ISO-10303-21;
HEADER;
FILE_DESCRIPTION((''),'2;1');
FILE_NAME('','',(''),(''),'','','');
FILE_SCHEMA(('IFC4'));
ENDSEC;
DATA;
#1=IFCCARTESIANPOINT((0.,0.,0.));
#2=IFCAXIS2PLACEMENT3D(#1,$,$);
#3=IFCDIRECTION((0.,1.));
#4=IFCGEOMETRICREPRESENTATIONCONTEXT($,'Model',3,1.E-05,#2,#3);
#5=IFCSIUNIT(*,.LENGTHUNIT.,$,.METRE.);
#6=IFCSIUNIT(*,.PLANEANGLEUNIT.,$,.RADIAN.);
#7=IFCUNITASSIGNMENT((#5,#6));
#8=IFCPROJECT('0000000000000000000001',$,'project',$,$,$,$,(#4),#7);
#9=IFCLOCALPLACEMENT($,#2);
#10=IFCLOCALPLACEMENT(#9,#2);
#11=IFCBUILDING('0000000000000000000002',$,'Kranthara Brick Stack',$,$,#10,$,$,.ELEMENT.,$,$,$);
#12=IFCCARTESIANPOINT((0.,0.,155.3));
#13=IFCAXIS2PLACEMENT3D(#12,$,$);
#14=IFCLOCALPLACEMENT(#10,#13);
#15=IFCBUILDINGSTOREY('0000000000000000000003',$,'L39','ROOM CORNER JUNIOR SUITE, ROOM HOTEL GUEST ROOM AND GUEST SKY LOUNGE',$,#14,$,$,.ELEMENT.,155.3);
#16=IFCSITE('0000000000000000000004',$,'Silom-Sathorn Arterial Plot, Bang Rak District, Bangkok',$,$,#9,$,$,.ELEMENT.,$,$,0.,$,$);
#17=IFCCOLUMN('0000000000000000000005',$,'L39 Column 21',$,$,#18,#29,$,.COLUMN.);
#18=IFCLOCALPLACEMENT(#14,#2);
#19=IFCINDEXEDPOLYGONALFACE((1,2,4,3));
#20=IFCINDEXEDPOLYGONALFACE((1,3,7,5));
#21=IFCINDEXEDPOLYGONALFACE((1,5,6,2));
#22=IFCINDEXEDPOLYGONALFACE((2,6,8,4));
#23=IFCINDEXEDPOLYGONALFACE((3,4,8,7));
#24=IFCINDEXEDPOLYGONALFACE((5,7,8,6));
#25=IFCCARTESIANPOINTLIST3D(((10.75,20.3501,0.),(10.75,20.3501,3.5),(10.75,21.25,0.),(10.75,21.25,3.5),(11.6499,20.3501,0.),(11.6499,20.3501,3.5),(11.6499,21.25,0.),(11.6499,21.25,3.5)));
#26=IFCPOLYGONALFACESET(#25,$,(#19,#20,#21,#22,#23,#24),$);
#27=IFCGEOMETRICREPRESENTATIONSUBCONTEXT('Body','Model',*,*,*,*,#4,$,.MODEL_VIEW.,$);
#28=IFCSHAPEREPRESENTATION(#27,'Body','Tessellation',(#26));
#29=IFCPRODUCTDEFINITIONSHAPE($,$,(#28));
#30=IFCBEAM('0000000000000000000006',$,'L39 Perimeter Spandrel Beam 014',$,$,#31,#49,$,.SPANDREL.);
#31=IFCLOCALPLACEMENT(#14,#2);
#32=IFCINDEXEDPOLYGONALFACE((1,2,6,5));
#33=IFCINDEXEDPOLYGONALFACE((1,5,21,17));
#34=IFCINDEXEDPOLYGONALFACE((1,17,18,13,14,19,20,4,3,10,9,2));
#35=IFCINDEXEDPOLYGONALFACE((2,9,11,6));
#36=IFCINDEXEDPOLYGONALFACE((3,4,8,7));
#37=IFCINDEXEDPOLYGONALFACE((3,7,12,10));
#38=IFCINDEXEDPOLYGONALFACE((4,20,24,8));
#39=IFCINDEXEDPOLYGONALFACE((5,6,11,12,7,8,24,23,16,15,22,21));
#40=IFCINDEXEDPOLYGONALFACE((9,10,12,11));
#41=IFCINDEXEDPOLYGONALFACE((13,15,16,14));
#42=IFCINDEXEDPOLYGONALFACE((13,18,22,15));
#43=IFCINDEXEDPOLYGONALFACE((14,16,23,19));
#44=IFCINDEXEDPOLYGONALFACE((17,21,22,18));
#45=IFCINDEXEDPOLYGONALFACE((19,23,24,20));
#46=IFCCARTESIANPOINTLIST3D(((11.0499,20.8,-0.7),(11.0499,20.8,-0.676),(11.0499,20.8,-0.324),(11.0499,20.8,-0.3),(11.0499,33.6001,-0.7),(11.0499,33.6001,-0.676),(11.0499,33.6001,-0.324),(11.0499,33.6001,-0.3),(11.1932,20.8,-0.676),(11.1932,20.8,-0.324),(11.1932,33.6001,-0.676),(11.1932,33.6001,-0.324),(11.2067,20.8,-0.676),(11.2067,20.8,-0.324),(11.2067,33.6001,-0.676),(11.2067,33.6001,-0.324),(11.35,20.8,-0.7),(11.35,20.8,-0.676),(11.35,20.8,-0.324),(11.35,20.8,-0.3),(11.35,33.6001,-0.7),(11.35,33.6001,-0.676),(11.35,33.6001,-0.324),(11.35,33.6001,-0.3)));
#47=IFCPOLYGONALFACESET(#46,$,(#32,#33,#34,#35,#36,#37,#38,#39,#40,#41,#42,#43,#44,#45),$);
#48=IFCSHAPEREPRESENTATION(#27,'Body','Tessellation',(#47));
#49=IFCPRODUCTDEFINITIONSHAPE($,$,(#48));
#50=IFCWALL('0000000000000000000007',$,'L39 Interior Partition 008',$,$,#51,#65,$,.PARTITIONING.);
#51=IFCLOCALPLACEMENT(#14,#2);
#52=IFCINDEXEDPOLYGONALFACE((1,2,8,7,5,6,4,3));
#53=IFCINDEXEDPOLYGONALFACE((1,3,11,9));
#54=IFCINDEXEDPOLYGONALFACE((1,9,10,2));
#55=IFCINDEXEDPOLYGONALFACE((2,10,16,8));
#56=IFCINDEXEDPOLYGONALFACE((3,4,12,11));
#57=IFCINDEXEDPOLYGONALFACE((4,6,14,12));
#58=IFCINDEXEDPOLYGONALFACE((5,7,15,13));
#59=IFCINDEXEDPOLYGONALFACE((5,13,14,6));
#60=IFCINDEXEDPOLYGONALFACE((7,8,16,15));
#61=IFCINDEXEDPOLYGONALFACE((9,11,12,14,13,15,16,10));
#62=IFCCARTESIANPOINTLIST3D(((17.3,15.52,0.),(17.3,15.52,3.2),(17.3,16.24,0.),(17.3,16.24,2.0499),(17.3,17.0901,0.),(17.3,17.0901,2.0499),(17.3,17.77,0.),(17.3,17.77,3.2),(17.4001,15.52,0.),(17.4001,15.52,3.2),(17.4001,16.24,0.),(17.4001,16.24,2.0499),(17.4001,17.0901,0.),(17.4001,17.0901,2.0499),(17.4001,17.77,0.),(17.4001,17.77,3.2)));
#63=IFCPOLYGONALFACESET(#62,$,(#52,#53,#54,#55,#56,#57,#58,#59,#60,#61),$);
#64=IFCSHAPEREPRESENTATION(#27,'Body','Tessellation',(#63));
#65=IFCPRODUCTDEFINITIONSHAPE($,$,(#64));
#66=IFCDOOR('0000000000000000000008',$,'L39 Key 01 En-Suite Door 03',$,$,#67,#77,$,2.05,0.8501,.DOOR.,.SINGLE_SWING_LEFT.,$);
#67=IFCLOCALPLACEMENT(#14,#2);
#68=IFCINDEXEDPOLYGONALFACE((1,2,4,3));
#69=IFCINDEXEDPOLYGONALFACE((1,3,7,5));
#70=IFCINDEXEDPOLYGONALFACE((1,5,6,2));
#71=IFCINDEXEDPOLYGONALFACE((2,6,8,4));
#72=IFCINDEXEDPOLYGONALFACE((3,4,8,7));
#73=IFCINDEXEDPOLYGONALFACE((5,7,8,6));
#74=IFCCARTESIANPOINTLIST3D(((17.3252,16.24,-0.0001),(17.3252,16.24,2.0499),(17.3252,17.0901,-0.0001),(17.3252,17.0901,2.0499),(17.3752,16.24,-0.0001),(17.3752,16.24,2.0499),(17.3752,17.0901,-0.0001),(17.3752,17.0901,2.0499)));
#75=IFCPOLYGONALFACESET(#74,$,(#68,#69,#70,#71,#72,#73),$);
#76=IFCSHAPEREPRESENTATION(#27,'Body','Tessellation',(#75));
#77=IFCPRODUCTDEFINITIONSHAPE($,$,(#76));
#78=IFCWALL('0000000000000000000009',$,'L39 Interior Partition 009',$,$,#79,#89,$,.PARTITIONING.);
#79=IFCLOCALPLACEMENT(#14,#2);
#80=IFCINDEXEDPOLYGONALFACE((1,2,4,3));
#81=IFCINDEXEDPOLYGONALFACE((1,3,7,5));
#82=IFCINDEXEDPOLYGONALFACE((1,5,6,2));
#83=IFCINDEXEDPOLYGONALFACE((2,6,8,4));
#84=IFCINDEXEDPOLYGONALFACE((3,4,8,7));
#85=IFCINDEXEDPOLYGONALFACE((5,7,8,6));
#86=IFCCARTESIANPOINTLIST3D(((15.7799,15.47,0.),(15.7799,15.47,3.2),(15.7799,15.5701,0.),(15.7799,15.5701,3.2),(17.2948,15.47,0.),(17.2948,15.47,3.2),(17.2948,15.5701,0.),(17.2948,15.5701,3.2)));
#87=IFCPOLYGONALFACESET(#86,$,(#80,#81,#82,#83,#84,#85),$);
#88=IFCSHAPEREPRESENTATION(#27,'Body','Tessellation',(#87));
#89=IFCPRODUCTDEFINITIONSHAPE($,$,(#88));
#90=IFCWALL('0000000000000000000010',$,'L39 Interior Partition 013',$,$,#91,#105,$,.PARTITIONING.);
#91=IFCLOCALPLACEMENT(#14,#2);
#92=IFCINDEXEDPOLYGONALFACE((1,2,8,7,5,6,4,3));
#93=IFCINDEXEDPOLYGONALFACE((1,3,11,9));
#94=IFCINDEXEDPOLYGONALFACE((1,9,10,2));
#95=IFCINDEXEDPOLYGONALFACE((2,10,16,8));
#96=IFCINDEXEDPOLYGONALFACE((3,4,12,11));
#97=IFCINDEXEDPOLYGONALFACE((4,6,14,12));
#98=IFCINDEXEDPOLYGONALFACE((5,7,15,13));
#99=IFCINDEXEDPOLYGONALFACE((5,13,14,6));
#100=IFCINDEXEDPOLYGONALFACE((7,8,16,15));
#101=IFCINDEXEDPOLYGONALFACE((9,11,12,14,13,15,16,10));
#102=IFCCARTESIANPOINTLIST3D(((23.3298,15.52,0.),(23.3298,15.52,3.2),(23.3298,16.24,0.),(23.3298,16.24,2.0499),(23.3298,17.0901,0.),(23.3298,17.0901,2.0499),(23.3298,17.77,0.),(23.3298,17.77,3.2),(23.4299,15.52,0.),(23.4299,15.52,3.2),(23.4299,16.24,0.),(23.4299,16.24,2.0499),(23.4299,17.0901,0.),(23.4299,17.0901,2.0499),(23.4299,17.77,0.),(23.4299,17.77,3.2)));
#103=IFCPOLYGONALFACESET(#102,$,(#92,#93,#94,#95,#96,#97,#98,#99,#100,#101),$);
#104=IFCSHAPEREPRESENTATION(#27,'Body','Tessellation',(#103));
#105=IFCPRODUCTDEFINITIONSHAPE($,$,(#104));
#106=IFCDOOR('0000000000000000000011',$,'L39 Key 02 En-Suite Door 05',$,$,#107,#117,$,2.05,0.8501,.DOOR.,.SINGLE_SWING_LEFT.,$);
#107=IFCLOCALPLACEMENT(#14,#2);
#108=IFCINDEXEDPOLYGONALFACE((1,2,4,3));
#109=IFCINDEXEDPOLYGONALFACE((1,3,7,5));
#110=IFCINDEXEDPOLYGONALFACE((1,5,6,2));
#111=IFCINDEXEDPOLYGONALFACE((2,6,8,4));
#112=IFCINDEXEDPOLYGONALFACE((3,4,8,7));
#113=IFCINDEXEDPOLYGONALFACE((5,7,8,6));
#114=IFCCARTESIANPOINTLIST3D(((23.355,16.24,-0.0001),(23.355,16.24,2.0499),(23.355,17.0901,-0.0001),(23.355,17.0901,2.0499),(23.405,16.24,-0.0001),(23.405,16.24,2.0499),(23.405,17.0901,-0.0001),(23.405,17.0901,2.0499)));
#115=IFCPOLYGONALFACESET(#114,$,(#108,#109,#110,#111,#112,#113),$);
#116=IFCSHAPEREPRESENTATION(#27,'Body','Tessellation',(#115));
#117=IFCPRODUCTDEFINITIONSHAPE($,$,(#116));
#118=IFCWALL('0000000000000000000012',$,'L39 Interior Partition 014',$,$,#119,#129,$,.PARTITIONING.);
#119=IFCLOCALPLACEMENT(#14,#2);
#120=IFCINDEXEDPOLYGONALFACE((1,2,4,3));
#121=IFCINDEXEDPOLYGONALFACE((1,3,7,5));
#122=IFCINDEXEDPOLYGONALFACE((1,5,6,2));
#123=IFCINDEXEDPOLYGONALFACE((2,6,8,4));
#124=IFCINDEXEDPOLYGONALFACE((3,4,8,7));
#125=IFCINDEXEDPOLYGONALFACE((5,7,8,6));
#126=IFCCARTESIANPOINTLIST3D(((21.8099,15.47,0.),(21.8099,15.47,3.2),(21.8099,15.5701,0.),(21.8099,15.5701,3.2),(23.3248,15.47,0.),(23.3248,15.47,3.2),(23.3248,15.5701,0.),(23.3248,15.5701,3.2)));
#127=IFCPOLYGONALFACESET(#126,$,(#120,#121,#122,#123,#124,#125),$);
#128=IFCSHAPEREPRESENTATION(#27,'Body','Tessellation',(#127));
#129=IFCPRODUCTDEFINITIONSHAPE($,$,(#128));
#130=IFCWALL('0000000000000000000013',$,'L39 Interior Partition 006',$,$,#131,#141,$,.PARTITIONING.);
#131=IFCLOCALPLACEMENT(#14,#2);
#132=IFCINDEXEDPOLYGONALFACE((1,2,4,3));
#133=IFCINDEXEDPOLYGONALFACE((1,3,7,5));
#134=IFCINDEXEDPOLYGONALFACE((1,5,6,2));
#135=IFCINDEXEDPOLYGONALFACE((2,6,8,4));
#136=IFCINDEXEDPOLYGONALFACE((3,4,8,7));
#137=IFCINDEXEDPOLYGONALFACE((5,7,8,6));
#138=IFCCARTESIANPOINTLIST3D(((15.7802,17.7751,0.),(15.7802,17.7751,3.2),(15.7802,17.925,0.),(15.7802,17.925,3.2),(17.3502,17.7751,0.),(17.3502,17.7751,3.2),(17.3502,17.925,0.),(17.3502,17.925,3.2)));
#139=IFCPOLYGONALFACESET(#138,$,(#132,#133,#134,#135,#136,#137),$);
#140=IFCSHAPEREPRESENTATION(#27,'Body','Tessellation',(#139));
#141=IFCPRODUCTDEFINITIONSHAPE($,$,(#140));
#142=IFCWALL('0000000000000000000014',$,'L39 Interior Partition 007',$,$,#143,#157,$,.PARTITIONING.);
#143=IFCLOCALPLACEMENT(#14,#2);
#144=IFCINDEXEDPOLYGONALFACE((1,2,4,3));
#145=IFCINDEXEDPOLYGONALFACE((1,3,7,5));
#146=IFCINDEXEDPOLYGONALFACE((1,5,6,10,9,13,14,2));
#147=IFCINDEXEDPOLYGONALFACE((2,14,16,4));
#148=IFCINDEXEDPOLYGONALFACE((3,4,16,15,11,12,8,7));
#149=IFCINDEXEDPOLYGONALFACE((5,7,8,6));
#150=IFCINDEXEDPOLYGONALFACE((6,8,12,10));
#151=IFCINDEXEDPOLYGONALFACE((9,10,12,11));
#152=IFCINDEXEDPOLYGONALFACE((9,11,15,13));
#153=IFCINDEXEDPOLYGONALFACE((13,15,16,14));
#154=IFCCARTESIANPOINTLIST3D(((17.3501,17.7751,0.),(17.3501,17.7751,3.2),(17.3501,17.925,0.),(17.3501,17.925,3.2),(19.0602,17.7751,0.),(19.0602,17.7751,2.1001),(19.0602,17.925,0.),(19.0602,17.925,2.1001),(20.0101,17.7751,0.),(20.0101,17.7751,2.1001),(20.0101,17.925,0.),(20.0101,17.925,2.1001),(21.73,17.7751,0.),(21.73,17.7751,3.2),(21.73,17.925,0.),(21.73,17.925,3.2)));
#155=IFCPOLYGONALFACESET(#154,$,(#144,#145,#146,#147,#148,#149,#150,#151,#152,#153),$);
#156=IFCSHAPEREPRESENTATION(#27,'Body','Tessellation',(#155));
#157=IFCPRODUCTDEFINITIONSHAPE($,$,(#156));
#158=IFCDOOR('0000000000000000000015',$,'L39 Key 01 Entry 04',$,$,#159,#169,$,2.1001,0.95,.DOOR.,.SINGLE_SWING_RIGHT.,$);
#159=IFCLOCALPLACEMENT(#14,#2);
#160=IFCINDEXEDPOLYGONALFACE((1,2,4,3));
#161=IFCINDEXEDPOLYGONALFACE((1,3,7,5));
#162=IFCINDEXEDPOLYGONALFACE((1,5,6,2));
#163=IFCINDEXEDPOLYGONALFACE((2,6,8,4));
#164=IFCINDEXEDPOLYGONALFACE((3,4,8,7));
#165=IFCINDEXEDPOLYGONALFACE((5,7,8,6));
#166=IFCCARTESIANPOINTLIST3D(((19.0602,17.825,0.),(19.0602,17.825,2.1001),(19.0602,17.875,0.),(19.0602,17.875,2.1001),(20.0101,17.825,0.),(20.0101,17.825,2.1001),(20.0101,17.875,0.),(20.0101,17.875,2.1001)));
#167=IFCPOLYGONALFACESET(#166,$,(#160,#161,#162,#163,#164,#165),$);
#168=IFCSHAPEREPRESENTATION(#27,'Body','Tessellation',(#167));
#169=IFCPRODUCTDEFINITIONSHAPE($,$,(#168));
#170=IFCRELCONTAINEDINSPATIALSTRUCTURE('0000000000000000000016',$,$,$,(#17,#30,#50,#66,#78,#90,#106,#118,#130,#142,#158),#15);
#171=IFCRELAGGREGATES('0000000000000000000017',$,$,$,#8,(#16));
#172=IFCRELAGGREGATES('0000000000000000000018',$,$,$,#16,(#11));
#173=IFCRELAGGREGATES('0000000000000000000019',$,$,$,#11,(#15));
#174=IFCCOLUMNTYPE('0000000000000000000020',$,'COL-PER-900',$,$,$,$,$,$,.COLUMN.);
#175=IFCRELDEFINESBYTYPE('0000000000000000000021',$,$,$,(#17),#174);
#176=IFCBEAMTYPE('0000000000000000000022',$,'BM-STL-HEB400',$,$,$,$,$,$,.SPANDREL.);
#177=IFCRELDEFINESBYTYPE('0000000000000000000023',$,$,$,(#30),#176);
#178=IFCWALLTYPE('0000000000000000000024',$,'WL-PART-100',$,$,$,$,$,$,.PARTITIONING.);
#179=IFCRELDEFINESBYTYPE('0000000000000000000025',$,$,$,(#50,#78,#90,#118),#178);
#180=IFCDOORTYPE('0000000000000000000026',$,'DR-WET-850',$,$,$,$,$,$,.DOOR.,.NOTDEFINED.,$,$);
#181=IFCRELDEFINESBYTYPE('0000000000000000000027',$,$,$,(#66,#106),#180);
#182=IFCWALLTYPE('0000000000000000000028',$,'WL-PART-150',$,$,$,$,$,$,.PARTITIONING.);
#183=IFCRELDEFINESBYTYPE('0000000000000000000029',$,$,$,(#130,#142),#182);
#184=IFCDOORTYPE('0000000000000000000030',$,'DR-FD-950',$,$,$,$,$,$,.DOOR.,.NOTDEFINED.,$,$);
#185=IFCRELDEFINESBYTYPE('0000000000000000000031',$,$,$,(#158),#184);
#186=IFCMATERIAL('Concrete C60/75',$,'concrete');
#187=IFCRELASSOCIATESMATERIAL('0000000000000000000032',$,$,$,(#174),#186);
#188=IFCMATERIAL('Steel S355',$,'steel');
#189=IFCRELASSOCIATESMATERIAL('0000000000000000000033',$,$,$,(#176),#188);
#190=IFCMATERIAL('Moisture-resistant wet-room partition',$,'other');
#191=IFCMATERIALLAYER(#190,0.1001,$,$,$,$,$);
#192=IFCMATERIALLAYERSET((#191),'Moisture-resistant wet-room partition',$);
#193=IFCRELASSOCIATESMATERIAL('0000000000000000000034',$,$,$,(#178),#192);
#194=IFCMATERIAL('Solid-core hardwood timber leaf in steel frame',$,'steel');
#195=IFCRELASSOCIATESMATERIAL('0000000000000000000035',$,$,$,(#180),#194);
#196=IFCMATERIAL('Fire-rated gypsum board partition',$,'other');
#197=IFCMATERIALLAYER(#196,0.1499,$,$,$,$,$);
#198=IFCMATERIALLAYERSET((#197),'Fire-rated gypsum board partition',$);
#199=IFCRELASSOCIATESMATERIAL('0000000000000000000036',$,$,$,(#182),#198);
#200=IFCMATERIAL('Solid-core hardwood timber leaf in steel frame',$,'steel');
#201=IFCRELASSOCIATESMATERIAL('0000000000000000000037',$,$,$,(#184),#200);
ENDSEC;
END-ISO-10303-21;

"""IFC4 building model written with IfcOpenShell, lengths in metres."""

from ifc_helpers import new_model, si_unit, direction, frame, frame_2d, origin, origin_2d, place, context, subcontext, project, spatial, rectangle, i_section, extrude, material, layer, layer_set, material_profile, profile_set, type_object, element, fill, save


model = new_model("IFC4")

# Units and contexts
model_context = context("Model", 3, precision=1e-05, world=origin(), true_north=direction((0.0, 1.0)))
body_context = subcontext(model_context, "Body", "Model", "MODEL_VIEW")
ifc_project = project(units=[si_unit("LENGTHUNIT", "METRE"), si_unit("PLANEANGLEUNIT", "RADIAN")], contexts=[model_context])

# Site, building, storey
site_placement = place(None, origin())
site = spatial("IfcSite", under=ifc_project, at=site_placement, Name="Silom-Sathorn Arterial Plot, Bang Rak District, Bangkok", CompositionType="ELEMENT", RefElevation=0.0)
building_placement = place(site_placement, origin())
building = spatial("IfcBuilding", under=site, at=building_placement, Name="Kranthara Brick Stack", CompositionType="ELEMENT")
storey_placement = place(building_placement, frame((0.0, 0.0, 155.3)))
storey = spatial("IfcBuildingStorey", under=building, at=storey_placement, Name="L39", Description="ROOM CORNER JUNIOR SUITE, ROOM HOTEL GUEST ROOM AND GUEST SKY LOUNGE", CompositionType="ELEMENT", Elevation=155.3)

# Column
ifc_material_1 = material(Name="Concrete C60/75", Category="concrete")
ifc_material_profile_1 = material_profile(ifc_material_1, rectangle(XDim=0.8999, YDim=0.8999, at=origin_2d()), Name="RC 900x900")
ifc_profile_set_1 = profile_set([ifc_material_profile_1], Name="Concrete C60/75")
column_type = type_object("IfcColumnType", Name="COL-PER-900", PredefinedType="COLUMN", material=ifc_profile_set_1)
column_placement = place(storey_placement, frame((11.2, 20.8, 0.0), z_axis=(0.0, 0.0, 1.0), x_axis=(1.0, 0.0, 0.0)))
element("IfcColumn", 1, at=column_placement, inside=storey, type_object=column_type, Name="L39 Column 21", PredefinedType="COLUMN", context=body_context, shape_type="SweptSolid", body=[
    extrude(rectangle(XDim=0.8999, YDim=0.8999, at=origin_2d()), origin(), (0.0, 0.0, 1.0), 3.5),
])

# Beam
ifc_material_2 = material(Name="Steel S355", Category="steel")
ifc_material_profile_2 = material_profile(ifc_material_2, i_section(OverallWidth=0.3, OverallDepth=0.3999, WebThickness=0.0134, FlangeThickness=0.0239, at=origin_2d()), Name="HEB 400")
ifc_profile_set_2 = profile_set([ifc_material_profile_2], Name="Steel S355")
beam_type = type_object("IfcBeamType", Name="BM-STL-HEB400", PredefinedType="SPANDREL", material=ifc_profile_set_2)
beam_placement = place(storey_placement, frame((11.2, 20.8, -0.5), z_axis=(0.0, 1.0, 0.0), x_axis=(-1.0, 0.0, 0.0)))
element("IfcBeam", 2, at=beam_placement, inside=storey, type_object=beam_type, Name="L39 Perimeter Spandrel Beam 014", PredefinedType="SPANDREL", context=body_context, shape_type="SweptSolid", body=[
    extrude(i_section(OverallWidth=0.3, OverallDepth=0.3999, WebThickness=0.0134, FlangeThickness=0.0239, at=origin_2d()), origin(), (0.0, 0.0, 1.0), 12.8),
])

# Wall, opening, door
ifc_material_3 = material(Name="Moisture-resistant wet-room partition", Category="other")
ifc_layer_1 = layer(ifc_material_3, 0.1001)
ifc_layer_set_1 = layer_set([ifc_layer_1], Name="Moisture-resistant wet-room partition")
wall_type_1 = type_object("IfcWallType", Name="WL-PART-100", PredefinedType="PARTITIONING", material=ifc_layer_set_1)
wall_1_placement = place(storey_placement, frame((17.3501, 15.52, 0.0), z_axis=(0.0, 0.0, 1.0), x_axis=(0.0, 1.0, 0.0)))
wall_1 = element("IfcWall", 3, at=wall_1_placement, inside=storey, type_object=wall_type_1, Name="L39 Interior Partition 008", PredefinedType="PARTITIONING", context=body_context, shape_type="SweptSolid", body=[
    extrude(rectangle(XDim=2.25, YDim=0.1001, at=frame_2d((1.125, 0.0))), origin(), (0.0, 0.0, 1.0), 3.2),
])
opening_1_placement = place(wall_1_placement, frame((0.72, 0.0, 0.0)))
opening_1 = element("IfcOpeningElement", 4, at=opening_1_placement, cuts=wall_1, PredefinedType="OPENING", context=body_context, shape_type="SweptSolid", body=[
    extrude(rectangle(XDim=0.8501, YDim=2.05, at=frame_2d((0.425, 1.0249))), frame((0.0, 0.0601, 0.0), z_axis=(0.0, -1.0, 0.0), x_axis=(1.0, 0.0, 0.0)), (0.0, 0.0, 1.0), 0.1201),
])
ifc_material_4 = material(Name="Solid-core hardwood timber leaf in steel frame", Category="steel")
door_type_1 = type_object("IfcDoorType", Name="DR-WET-850", OperationType="NOTDEFINED", PredefinedType="DOOR", material=ifc_material_4)
door_1_placement = place(opening_1_placement, origin())
door_1 = element("IfcDoor", 5, at=door_1_placement, inside=storey, type_object=door_type_1, Name="L39 Key 01 En-Suite Door 03", OperationType="SINGLE_SWING_LEFT", OverallHeight=2.05, OverallWidth=0.8501, PredefinedType="DOOR", context=body_context, shape_type="SweptSolid", body=[
    extrude(rectangle(XDim=0.8501, YDim=2.05, at=frame_2d((0.425, 1.0249))), frame((0.0, 0.0249, 0.0), z_axis=(0.0, -1.0, 0.0), x_axis=(1.0, 0.0, 0.0)), (0.0, 0.0, 1.0), 0.05),
])
fill(opening_1, door_1)

# Wall
wall_2_placement = place(storey_placement, frame((15.78, 15.52, 0.0), z_axis=(0.0, 0.0, 1.0), x_axis=(1.0, 0.0, 0.0)))
element("IfcWall", 6, at=wall_2_placement, inside=storey, type_object=wall_type_1, Name="L39 Interior Partition 009", PredefinedType="PARTITIONING", context=body_context, shape_type="SweptSolid", body=[
    extrude(rectangle(XDim=1.5149, YDim=0.1001, at=frame_2d((0.7573, 0.0))), origin(), (0.0, 0.0, 1.0), 3.2),
])

# Wall, opening, door
wall_3_placement = place(storey_placement, frame((23.3799, 15.52, 0.0), z_axis=(0.0, 0.0, 1.0), x_axis=(0.0, 1.0, 0.0)))
wall_3 = element("IfcWall", 7, at=wall_3_placement, inside=storey, type_object=wall_type_1, Name="L39 Interior Partition 013", PredefinedType="PARTITIONING", context=body_context, shape_type="SweptSolid", body=[
    extrude(rectangle(XDim=2.25, YDim=0.1001, at=frame_2d((1.125, 0.0))), origin(), (0.0, 0.0, 1.0), 3.2),
])
opening_2_placement = place(wall_3_placement, frame((0.72, 0.0, 0.0)))
opening_2 = element("IfcOpeningElement", 8, at=opening_2_placement, cuts=wall_3, PredefinedType="OPENING", context=body_context, shape_type="SweptSolid", body=[
    extrude(rectangle(XDim=0.8501, YDim=2.05, at=frame_2d((0.425, 1.0249))), frame((0.0, 0.0601, 0.0), z_axis=(0.0, -1.0, 0.0), x_axis=(1.0, 0.0, 0.0)), (0.0, 0.0, 1.0), 0.1201),
])
door_2_placement = place(opening_2_placement, origin())
door_2 = element("IfcDoor", 9, at=door_2_placement, inside=storey, type_object=door_type_1, Name="L39 Key 02 En-Suite Door 05", OperationType="SINGLE_SWING_LEFT", OverallHeight=2.05, OverallWidth=0.8501, PredefinedType="DOOR", context=body_context, shape_type="SweptSolid", body=[
    extrude(rectangle(XDim=0.8501, YDim=2.05, at=frame_2d((0.425, 1.0249))), frame((0.0, 0.0249, 0.0), z_axis=(0.0, -1.0, 0.0), x_axis=(1.0, 0.0, 0.0)), (0.0, 0.0, 1.0), 0.05),
])
fill(opening_2, door_2)

# Walls
wall_4_placement = place(storey_placement, frame((21.8101, 15.52, 0.0), z_axis=(0.0, 0.0, 1.0), x_axis=(1.0, 0.0, 0.0)))
element("IfcWall", 10, at=wall_4_placement, inside=storey, type_object=wall_type_1, Name="L39 Interior Partition 014", PredefinedType="PARTITIONING", context=body_context, shape_type="SweptSolid", body=[
    extrude(rectangle(XDim=1.5149, YDim=0.1001, at=frame_2d((0.7573, 0.0))), origin(), (0.0, 0.0, 1.0), 3.2),
])
ifc_material_5 = material(Name="Fire-rated gypsum board partition", Category="other")
ifc_layer_2 = layer(ifc_material_5, 0.1499)
ifc_layer_set_2 = layer_set([ifc_layer_2], Name="Fire-rated gypsum board partition")
wall_type_2 = type_object("IfcWallType", Name="WL-PART-150", PredefinedType="PARTITIONING", material=ifc_layer_set_2)
wall_5_placement = place(storey_placement, frame((15.78, 17.8501, 0.0), z_axis=(0.0, 0.0, 1.0), x_axis=(1.0, 0.0, 0.0)))
element("IfcWall", 11, at=wall_5_placement, inside=storey, type_object=wall_type_2, Name="L39 Interior Partition 006", PredefinedType="PARTITIONING", context=body_context, shape_type="SweptSolid", body=[
    extrude(rectangle(XDim=1.5701, YDim=0.1499, at=frame_2d((0.7852, 0.0))), origin(), (0.0, 0.0, 1.0), 3.2),
])

# Wall, opening, door
wall_6_placement = place(storey_placement, frame((17.3501, 17.8501, 0.0), z_axis=(0.0, 0.0, 1.0), x_axis=(1.0, 0.0, 0.0)))
wall_6 = element("IfcWall", 12, at=wall_6_placement, inside=storey, type_object=wall_type_2, Name="L39 Interior Partition 007", PredefinedType="PARTITIONING", context=body_context, shape_type="SweptSolid", body=[
    extrude(rectangle(XDim=4.3799, YDim=0.1499, at=frame_2d((2.1899, 0.0))), origin(), (0.0, 0.0, 1.0), 3.2),
])
opening_3_placement = place(wall_6_placement, frame((1.71, 0.0, 0.0)))
opening_3 = element("IfcOpeningElement", 13, at=opening_3_placement, cuts=wall_6, PredefinedType="OPENING", context=body_context, shape_type="SweptSolid", body=[
    extrude(rectangle(XDim=0.95, YDim=2.1001, at=frame_2d((0.4751, 1.05))), frame((0.0, 0.085, 0.0), z_axis=(0.0, -1.0, 0.0), x_axis=(1.0, 0.0, 0.0)), (0.0, 0.0, 1.0), 0.1699),
])
ifc_material_6 = material(Name="Solid-core hardwood timber leaf in steel frame", Category="steel")
door_type_2 = type_object("IfcDoorType", Name="DR-FD-950", OperationType="NOTDEFINED", PredefinedType="DOOR", material=ifc_material_6)
door_3_placement = place(opening_3_placement, origin())
door_3 = element("IfcDoor", 14, at=door_3_placement, inside=storey, type_object=door_type_2, Name="L39 Key 01 Entry 04", OperationType="SINGLE_SWING_RIGHT", OverallHeight=2.1001, OverallWidth=0.95, PredefinedType="DOOR", context=body_context, shape_type="SweptSolid", body=[
    extrude(rectangle(XDim=0.95, YDim=2.1001, at=frame_2d((0.4751, 1.05))), frame((0.0, 0.0249, 0.0), z_axis=(0.0, -1.0, 0.0), x_axis=(1.0, 0.0, 0.0)), (0.0, 0.0, 1.0), 0.05),
])
fill(opening_3, door_3)

save(model, "model.ifc")
